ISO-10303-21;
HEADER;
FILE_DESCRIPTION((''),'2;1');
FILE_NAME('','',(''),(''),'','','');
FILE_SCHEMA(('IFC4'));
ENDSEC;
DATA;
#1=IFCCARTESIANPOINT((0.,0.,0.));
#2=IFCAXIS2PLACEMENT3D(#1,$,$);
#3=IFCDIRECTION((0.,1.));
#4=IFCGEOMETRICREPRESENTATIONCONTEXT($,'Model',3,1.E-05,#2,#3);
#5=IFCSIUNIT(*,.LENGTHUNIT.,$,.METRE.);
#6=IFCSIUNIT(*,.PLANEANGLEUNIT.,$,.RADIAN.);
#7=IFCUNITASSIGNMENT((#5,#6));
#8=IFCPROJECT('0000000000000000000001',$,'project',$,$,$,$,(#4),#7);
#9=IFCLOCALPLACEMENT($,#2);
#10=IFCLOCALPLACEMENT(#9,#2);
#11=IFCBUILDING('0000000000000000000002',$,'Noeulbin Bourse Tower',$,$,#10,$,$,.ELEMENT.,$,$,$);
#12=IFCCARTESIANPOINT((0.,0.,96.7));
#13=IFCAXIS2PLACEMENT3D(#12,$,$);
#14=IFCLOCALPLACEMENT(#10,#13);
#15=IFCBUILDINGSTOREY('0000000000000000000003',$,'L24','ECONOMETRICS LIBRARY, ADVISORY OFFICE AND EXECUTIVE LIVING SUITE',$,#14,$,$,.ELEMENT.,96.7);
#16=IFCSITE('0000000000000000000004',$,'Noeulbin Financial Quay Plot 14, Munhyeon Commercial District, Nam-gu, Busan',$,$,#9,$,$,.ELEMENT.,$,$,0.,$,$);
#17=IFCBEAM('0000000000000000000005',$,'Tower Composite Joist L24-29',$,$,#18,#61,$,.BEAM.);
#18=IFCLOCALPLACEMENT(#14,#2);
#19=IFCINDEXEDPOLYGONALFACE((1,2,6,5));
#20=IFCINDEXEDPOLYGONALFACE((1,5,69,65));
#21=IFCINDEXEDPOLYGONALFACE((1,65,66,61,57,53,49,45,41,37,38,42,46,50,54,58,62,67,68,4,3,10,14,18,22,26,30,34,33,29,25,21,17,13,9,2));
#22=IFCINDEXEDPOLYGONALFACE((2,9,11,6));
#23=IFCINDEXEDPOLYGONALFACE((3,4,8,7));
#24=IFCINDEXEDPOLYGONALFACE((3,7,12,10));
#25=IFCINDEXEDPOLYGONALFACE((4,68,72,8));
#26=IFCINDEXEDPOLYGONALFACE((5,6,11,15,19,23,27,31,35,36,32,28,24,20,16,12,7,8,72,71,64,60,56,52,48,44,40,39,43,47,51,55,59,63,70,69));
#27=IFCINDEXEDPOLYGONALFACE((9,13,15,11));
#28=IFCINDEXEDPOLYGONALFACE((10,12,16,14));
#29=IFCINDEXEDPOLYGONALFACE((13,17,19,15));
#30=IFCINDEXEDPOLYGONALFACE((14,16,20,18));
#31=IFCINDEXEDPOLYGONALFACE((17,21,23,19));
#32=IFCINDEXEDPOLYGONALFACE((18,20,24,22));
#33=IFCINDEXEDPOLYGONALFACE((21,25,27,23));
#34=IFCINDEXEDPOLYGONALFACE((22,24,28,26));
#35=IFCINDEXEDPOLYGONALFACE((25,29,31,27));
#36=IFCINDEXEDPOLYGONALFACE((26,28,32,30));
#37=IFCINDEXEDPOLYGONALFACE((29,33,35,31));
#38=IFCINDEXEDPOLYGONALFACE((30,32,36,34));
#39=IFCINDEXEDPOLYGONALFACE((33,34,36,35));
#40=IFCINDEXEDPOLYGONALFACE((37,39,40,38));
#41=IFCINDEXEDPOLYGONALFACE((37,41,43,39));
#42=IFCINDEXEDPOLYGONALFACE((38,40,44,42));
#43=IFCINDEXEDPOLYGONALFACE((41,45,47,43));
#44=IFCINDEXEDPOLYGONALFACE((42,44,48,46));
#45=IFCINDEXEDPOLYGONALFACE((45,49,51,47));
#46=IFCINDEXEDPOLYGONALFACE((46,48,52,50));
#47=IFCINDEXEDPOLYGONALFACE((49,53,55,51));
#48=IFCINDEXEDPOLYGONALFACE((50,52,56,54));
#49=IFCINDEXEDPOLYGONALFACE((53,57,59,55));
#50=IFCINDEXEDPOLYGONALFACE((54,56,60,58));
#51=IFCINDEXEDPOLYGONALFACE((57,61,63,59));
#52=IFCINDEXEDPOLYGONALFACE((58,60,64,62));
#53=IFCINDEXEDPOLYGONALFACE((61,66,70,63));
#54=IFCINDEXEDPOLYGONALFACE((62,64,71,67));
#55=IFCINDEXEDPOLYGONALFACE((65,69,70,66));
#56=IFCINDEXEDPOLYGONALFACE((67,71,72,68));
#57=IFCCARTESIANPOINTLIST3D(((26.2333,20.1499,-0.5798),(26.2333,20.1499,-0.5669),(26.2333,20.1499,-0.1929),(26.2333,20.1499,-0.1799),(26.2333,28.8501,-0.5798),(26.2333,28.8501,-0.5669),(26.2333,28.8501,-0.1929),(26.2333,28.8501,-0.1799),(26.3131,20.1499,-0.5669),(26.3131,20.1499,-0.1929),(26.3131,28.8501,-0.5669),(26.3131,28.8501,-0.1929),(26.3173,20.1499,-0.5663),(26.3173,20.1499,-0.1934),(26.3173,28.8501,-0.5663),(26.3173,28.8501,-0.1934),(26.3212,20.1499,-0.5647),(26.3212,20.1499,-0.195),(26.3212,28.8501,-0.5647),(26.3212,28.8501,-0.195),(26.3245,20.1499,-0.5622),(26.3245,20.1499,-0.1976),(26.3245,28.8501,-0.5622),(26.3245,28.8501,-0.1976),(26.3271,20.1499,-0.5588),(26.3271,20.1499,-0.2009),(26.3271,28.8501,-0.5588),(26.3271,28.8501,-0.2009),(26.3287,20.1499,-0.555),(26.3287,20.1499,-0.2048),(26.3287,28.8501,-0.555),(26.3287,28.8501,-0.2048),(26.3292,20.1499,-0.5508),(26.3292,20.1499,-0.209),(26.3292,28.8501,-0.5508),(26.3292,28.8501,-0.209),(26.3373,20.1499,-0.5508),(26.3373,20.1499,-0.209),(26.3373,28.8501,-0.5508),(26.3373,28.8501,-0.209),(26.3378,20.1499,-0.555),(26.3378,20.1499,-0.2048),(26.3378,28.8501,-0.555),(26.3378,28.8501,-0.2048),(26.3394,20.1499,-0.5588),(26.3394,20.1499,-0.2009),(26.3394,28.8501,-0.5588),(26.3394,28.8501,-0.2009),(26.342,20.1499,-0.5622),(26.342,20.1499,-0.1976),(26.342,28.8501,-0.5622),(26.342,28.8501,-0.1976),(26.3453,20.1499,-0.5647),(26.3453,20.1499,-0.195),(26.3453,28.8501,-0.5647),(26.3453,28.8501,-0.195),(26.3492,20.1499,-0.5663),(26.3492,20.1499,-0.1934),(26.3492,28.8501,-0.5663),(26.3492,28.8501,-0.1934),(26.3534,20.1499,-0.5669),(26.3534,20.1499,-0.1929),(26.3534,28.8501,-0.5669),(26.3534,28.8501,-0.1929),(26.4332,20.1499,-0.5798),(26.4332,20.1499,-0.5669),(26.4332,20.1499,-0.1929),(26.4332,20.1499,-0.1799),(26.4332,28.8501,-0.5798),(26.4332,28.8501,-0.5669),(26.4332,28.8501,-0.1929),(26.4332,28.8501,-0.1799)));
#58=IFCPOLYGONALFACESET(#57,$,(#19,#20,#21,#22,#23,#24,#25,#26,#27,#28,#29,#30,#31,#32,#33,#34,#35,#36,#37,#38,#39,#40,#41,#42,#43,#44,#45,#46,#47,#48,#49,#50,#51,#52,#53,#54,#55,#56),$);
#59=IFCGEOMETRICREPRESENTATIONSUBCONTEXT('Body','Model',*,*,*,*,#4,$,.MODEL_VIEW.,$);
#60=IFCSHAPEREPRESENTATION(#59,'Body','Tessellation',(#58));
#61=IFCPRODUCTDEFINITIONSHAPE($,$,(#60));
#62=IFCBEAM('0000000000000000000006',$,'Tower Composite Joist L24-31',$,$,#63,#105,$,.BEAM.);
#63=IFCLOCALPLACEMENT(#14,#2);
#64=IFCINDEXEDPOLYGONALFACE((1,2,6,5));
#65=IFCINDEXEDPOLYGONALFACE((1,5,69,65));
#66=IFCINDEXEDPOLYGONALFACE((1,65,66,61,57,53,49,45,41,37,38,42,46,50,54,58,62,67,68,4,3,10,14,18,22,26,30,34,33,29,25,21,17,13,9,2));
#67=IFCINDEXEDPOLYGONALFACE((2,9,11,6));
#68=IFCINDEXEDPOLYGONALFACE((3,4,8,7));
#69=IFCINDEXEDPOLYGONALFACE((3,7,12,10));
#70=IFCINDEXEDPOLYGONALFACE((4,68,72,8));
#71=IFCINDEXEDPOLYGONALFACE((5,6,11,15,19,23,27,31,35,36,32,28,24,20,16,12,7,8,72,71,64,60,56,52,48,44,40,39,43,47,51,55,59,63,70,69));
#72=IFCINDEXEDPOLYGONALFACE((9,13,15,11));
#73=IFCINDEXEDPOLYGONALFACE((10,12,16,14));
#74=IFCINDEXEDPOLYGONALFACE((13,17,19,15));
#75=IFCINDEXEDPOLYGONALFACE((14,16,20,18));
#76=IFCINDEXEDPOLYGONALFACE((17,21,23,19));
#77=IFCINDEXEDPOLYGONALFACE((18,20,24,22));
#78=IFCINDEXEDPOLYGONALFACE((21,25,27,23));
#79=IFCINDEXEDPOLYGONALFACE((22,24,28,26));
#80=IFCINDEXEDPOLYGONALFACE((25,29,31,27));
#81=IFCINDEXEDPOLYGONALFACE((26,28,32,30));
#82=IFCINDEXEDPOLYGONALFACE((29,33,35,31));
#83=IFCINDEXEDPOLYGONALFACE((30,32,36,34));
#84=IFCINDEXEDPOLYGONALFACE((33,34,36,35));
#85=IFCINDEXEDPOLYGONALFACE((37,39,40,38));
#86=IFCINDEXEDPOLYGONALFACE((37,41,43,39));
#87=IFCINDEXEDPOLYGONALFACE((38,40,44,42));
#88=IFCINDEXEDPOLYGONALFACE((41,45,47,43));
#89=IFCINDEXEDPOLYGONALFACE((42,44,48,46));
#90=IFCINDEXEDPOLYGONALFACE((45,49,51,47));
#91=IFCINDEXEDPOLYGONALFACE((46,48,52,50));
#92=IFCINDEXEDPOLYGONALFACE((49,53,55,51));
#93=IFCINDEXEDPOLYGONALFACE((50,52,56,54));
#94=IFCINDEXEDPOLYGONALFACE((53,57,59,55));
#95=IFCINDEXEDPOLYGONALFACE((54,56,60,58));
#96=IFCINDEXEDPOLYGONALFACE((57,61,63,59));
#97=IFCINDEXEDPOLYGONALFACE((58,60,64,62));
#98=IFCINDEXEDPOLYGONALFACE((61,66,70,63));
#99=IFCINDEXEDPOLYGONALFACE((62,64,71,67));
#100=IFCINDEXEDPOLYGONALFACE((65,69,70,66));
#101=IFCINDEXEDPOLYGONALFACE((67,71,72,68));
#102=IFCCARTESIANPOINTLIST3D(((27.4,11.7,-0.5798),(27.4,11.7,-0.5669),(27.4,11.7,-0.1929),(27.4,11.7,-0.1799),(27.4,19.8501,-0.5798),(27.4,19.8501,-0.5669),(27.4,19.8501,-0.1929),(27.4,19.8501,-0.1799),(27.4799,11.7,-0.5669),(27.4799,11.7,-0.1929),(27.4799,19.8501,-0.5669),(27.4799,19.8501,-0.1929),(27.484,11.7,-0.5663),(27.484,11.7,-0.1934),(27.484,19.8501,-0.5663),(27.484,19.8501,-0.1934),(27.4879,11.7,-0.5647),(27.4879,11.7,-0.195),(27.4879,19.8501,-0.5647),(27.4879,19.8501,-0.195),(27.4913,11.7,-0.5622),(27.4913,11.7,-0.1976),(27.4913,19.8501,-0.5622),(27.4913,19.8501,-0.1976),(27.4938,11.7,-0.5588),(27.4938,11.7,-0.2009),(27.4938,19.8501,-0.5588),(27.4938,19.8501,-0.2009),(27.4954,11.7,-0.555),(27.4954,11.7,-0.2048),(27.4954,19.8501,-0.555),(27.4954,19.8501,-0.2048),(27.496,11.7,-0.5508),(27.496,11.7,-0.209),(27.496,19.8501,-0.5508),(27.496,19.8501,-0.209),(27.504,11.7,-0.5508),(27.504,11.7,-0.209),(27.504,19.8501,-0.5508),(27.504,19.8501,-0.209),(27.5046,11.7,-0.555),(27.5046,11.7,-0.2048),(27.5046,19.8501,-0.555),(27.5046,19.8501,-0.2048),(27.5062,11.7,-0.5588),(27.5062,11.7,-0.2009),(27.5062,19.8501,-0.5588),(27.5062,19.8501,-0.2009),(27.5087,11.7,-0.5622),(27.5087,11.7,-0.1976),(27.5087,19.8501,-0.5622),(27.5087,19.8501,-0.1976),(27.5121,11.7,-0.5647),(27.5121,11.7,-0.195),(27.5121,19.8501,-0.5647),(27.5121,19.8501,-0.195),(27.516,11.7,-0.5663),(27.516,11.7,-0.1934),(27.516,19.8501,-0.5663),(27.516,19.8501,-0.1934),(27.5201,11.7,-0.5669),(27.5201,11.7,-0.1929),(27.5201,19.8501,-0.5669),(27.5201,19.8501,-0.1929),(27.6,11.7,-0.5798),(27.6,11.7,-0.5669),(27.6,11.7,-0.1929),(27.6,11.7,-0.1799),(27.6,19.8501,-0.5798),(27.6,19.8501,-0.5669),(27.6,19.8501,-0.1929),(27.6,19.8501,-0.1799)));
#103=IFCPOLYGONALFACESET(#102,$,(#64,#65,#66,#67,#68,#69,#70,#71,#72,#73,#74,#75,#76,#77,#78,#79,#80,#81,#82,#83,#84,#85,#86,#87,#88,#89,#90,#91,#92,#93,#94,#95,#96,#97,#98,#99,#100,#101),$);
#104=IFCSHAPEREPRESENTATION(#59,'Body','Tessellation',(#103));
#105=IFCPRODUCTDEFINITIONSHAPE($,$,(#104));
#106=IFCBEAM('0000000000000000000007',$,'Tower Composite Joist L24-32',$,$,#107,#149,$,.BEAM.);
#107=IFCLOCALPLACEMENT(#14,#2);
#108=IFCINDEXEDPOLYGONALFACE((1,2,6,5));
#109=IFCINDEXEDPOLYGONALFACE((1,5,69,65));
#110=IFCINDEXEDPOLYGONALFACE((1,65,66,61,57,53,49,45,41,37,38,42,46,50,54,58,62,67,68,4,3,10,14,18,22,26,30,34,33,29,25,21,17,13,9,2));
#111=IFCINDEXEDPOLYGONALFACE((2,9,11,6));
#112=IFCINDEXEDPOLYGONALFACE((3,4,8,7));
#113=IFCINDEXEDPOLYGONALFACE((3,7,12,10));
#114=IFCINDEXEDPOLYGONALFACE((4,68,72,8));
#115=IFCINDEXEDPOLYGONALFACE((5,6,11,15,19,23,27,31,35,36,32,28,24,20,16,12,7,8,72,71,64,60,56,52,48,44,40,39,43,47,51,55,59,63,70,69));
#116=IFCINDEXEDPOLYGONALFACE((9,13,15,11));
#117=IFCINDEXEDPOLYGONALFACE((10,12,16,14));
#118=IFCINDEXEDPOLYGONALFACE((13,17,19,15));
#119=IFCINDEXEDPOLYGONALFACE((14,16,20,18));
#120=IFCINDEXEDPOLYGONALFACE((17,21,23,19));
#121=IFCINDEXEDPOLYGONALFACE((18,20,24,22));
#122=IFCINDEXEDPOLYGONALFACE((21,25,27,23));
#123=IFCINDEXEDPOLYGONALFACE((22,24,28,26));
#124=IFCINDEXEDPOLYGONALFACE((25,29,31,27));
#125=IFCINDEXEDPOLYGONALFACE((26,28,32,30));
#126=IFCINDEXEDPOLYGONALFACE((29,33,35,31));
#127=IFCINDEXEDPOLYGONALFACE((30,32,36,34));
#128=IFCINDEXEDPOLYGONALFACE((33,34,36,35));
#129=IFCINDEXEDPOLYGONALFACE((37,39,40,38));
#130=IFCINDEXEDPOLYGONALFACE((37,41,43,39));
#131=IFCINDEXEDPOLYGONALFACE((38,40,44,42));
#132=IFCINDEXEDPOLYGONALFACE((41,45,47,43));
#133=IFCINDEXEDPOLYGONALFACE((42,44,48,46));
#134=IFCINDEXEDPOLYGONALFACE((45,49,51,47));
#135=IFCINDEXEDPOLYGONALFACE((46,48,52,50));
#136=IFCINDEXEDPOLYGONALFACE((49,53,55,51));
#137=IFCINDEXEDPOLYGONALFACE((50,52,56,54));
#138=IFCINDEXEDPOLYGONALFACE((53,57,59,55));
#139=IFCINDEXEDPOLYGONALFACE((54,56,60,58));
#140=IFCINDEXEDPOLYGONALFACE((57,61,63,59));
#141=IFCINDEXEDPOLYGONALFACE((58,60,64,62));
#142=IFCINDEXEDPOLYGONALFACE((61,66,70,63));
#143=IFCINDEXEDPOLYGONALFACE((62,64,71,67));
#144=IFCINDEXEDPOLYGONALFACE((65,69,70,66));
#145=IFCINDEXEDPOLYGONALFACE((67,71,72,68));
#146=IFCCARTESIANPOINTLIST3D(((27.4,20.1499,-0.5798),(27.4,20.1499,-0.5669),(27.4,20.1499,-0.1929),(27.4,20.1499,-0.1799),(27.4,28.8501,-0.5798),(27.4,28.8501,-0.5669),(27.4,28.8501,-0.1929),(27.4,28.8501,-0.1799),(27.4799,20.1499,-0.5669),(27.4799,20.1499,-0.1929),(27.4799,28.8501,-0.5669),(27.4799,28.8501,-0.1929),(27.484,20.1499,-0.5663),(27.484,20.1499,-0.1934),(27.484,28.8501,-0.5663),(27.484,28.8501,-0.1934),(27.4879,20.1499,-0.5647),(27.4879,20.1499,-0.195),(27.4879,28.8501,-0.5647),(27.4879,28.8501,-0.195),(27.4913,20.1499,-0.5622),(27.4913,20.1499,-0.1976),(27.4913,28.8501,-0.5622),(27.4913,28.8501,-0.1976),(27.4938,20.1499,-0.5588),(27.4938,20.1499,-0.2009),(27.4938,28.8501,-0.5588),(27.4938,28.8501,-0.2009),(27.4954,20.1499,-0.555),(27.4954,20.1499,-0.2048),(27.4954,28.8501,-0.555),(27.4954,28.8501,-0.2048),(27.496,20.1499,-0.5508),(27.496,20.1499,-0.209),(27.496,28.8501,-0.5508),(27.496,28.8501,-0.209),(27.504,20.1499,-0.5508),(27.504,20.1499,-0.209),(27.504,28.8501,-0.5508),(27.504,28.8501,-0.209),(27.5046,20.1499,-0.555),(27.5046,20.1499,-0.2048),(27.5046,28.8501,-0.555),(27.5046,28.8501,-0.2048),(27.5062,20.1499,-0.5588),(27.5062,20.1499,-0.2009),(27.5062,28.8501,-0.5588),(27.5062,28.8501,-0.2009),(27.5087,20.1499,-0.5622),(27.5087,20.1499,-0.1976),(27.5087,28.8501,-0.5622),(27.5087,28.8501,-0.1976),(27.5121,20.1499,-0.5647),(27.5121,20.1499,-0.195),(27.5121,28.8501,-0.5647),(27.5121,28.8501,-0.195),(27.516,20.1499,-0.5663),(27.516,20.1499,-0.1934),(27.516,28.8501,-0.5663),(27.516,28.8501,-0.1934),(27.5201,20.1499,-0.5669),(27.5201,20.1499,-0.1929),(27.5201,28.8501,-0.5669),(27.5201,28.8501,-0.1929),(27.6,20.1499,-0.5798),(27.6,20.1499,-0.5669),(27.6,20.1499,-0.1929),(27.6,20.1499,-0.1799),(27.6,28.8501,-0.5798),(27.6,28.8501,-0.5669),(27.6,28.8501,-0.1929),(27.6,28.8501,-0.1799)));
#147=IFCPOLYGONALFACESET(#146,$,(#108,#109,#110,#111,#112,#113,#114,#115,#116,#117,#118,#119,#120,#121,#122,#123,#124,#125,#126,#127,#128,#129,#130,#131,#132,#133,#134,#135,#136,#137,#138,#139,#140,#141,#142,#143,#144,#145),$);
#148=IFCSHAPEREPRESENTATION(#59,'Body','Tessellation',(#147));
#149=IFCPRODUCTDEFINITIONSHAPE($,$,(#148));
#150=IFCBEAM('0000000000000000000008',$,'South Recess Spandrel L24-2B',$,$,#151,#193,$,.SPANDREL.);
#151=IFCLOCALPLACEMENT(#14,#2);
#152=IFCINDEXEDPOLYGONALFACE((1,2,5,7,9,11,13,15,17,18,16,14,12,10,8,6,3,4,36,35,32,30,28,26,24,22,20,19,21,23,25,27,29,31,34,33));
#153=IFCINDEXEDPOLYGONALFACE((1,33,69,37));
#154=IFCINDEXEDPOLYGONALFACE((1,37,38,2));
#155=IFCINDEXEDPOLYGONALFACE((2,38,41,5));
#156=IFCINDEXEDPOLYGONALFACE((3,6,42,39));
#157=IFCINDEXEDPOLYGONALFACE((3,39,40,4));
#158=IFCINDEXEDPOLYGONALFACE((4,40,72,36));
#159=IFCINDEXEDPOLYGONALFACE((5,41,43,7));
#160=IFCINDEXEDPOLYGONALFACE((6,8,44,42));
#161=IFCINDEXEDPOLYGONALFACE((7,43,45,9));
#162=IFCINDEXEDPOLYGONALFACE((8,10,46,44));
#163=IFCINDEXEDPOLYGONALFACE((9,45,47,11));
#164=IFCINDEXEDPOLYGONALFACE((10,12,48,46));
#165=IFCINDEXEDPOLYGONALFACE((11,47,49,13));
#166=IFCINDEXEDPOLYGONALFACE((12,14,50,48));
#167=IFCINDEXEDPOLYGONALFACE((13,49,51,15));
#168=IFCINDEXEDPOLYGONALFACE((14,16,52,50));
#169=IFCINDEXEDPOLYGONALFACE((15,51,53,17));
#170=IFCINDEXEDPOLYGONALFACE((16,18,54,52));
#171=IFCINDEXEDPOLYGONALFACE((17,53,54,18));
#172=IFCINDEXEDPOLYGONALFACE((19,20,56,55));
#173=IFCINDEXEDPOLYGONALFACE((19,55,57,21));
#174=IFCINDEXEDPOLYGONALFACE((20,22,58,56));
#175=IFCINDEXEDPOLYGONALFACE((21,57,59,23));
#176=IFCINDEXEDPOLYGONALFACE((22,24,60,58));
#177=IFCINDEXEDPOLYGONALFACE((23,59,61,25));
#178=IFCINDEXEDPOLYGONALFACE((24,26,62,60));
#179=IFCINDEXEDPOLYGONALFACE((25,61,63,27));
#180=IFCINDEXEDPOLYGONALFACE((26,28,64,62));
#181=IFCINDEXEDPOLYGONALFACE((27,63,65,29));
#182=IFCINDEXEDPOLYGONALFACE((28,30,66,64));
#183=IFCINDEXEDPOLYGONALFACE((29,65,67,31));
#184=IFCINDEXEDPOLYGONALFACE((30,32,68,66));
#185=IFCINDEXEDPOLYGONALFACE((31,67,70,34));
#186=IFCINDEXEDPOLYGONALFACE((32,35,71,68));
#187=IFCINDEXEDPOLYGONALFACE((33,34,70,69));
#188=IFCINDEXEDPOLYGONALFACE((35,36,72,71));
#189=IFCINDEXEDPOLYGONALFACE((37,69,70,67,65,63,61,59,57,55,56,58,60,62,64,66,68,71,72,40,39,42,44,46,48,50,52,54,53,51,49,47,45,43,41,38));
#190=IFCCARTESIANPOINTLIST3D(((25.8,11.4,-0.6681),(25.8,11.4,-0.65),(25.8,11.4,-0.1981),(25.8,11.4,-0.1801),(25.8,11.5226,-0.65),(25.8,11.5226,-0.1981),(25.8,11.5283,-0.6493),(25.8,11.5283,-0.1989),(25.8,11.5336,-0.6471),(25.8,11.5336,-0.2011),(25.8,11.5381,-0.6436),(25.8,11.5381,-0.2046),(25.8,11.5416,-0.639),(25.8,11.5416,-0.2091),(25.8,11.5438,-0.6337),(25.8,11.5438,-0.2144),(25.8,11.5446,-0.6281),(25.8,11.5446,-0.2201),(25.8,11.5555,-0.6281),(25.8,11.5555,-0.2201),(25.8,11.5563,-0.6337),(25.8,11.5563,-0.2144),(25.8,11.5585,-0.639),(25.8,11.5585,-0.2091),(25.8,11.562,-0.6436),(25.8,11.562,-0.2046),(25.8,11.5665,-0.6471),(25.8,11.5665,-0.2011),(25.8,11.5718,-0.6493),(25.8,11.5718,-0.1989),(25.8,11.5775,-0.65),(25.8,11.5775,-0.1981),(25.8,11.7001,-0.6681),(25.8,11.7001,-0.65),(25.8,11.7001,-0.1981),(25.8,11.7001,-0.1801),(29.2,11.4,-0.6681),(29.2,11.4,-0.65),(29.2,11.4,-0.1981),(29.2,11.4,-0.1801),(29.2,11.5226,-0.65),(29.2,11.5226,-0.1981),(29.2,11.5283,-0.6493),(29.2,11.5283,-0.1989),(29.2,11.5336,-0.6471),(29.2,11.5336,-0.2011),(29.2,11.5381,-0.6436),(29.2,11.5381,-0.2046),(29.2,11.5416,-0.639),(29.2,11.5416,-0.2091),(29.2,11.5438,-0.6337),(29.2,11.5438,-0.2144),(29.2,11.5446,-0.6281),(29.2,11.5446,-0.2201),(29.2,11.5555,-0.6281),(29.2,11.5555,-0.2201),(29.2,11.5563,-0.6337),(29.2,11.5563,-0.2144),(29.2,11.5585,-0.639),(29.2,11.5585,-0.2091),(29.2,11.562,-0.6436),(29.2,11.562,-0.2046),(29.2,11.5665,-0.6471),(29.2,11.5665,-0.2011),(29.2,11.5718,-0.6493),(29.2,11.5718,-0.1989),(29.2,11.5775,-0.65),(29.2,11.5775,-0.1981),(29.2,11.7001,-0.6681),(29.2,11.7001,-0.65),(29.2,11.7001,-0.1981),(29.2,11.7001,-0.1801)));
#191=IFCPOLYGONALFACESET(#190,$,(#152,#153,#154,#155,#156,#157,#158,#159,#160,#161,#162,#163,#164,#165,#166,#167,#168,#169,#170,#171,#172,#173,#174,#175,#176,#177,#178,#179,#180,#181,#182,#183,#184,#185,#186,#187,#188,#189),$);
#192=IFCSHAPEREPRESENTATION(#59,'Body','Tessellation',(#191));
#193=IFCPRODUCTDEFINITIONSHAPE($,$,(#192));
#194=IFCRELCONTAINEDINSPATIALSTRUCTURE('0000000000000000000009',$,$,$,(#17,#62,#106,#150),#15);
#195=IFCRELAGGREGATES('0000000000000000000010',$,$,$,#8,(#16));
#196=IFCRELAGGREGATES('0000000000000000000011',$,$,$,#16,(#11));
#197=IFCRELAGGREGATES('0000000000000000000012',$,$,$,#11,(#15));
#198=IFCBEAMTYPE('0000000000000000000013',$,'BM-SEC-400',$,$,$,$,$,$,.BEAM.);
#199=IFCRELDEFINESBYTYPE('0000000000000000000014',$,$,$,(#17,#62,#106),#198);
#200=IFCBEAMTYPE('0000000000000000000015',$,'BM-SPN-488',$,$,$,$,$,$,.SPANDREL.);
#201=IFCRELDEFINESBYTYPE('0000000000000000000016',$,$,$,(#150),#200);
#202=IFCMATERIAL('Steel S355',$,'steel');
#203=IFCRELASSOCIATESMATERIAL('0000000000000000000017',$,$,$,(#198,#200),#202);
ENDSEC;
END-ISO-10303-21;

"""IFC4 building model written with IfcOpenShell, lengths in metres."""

from ifc_helpers import new_model, si_unit, direction, frame, origin, origin_2d, place, context, subcontext, project, spatial, i_section, extrude, material, material_profile, profile_set, type_object, element, save


model = new_model("IFC4")

# Units and contexts
model_context = context("Model", 3, precision=1e-05, world=origin(), true_north=direction((0.0, 1.0)))
body_context = subcontext(model_context, "Body", "Model", "MODEL_VIEW")
ifc_project = project(units=[si_unit("LENGTHUNIT", "METRE"), si_unit("PLANEANGLEUNIT", "RADIAN")], contexts=[model_context])

# Site, building, storey
site_placement = place(None, origin())
site = spatial("IfcSite", under=ifc_project, at=site_placement, Name="Noeulbin Financial Quay Plot 14, Munhyeon Commercial District, Nam-gu, Busan", CompositionType="ELEMENT", RefElevation=0.0)
building_placement = place(site_placement, origin())
building = spatial("IfcBuilding", under=site, at=building_placement, Name="Noeulbin Bourse Tower", CompositionType="ELEMENT")
storey_placement = place(building_placement, frame((0.0, 0.0, 96.7)))
storey = spatial("IfcBuildingStorey", under=building, at=storey_placement, Name="L24", Description="ECONOMETRICS LIBRARY, ADVISORY OFFICE AND EXECUTIVE LIVING SUITE", CompositionType="ELEMENT", Elevation=96.7)

# Beams
ifc_material_1 = material(Name="Steel S355", Category="steel")
ifc_material_profile_1 = material_profile(ifc_material_1, i_section(OverallWidth=0.2, OverallDepth=0.3999, WebThickness=0.0081, FlangeThickness=0.0129, FilletRadius=0.0161, at=origin_2d()), Name="H-400x200x8x13", Category="LoadBearing")
ifc_profile_set_1 = profile_set([ifc_material_profile_1], Name="Steel S355")
beam_type_1 = type_object("IfcBeamType", Name="BM-SEC-400", PredefinedType="BEAM", material=ifc_profile_set_1)
beam_1_placement = place(storey_placement, frame((26.3333, 20.1499, -0.3799), z_axis=(0.0, 1.0, 0.0), x_axis=(-1.0, 0.0, 0.0)))
element("IfcBeam", 1, at=beam_1_placement, inside=storey, type_object=beam_type_1, Name="Tower Composite Joist L24-29", PredefinedType="BEAM", context=body_context, shape_type="SweptSolid", body=[
    extrude(i_section(OverallWidth=0.2, OverallDepth=0.3999, WebThickness=0.0081, FlangeThickness=0.0129, FilletRadius=0.0161, at=origin_2d()), origin(), (0.0, 0.0, 1.0), 8.7002),
])
beam_2_placement = place(storey_placement, frame((27.5, 11.7, -0.3799), z_axis=(0.0, 1.0, 0.0), x_axis=(-1.0, 0.0, 0.0)))
element("IfcBeam", 2, at=beam_2_placement, inside=storey, type_object=beam_type_1, Name="Tower Composite Joist L24-31", PredefinedType="BEAM", context=body_context, shape_type="SweptSolid", body=[
    extrude(i_section(OverallWidth=0.2, OverallDepth=0.3999, WebThickness=0.0081, FlangeThickness=0.0129, FilletRadius=0.0161, at=origin_2d()), origin(), (0.0, 0.0, 1.0), 8.1501),
])
beam_3_placement = place(storey_placement, frame((27.5, 20.1499, -0.3799), z_axis=(0.0, 1.0, 0.0), x_axis=(-1.0, 0.0, 0.0)))
element("IfcBeam", 3, at=beam_3_placement, inside=storey, type_object=beam_type_1, Name="Tower Composite Joist L24-32", PredefinedType="BEAM", context=body_context, shape_type="SweptSolid", body=[
    extrude(i_section(OverallWidth=0.2, OverallDepth=0.3999, WebThickness=0.0081, FlangeThickness=0.0129, FilletRadius=0.0161, at=origin_2d()), origin(), (0.0, 0.0, 1.0), 8.7002),
])
ifc_material_profile_2 = material_profile(ifc_material_1, i_section(OverallWidth=0.3, OverallDepth=0.488, WebThickness=0.011, FlangeThickness=0.0181, FilletRadius=0.022, at=origin_2d()), Name="H-488x300x11x18", Category="LoadBearing")
ifc_profile_set_2 = profile_set([ifc_material_profile_2], Name="Steel S355")
beam_type_2 = type_object("IfcBeamType", Name="BM-SPN-488", PredefinedType="SPANDREL", material=ifc_profile_set_2)
beam_4_placement = place(storey_placement, frame((25.8, 11.55, -0.4241), z_axis=(1.0, 0.0, 0.0), x_axis=(0.0, 1.0, 0.0)))
element("IfcBeam", 4, at=beam_4_placement, inside=storey, type_object=beam_type_2, Name="South Recess Spandrel L24-2B", PredefinedType="SPANDREL", context=body_context, shape_type="SweptSolid", body=[
    extrude(i_section(OverallWidth=0.3, OverallDepth=0.488, WebThickness=0.011, FlangeThickness=0.0181, FilletRadius=0.022, at=origin_2d()), origin(), (0.0, 0.0, 1.0), 3.3999),
])

save(model, "model.ifc")
